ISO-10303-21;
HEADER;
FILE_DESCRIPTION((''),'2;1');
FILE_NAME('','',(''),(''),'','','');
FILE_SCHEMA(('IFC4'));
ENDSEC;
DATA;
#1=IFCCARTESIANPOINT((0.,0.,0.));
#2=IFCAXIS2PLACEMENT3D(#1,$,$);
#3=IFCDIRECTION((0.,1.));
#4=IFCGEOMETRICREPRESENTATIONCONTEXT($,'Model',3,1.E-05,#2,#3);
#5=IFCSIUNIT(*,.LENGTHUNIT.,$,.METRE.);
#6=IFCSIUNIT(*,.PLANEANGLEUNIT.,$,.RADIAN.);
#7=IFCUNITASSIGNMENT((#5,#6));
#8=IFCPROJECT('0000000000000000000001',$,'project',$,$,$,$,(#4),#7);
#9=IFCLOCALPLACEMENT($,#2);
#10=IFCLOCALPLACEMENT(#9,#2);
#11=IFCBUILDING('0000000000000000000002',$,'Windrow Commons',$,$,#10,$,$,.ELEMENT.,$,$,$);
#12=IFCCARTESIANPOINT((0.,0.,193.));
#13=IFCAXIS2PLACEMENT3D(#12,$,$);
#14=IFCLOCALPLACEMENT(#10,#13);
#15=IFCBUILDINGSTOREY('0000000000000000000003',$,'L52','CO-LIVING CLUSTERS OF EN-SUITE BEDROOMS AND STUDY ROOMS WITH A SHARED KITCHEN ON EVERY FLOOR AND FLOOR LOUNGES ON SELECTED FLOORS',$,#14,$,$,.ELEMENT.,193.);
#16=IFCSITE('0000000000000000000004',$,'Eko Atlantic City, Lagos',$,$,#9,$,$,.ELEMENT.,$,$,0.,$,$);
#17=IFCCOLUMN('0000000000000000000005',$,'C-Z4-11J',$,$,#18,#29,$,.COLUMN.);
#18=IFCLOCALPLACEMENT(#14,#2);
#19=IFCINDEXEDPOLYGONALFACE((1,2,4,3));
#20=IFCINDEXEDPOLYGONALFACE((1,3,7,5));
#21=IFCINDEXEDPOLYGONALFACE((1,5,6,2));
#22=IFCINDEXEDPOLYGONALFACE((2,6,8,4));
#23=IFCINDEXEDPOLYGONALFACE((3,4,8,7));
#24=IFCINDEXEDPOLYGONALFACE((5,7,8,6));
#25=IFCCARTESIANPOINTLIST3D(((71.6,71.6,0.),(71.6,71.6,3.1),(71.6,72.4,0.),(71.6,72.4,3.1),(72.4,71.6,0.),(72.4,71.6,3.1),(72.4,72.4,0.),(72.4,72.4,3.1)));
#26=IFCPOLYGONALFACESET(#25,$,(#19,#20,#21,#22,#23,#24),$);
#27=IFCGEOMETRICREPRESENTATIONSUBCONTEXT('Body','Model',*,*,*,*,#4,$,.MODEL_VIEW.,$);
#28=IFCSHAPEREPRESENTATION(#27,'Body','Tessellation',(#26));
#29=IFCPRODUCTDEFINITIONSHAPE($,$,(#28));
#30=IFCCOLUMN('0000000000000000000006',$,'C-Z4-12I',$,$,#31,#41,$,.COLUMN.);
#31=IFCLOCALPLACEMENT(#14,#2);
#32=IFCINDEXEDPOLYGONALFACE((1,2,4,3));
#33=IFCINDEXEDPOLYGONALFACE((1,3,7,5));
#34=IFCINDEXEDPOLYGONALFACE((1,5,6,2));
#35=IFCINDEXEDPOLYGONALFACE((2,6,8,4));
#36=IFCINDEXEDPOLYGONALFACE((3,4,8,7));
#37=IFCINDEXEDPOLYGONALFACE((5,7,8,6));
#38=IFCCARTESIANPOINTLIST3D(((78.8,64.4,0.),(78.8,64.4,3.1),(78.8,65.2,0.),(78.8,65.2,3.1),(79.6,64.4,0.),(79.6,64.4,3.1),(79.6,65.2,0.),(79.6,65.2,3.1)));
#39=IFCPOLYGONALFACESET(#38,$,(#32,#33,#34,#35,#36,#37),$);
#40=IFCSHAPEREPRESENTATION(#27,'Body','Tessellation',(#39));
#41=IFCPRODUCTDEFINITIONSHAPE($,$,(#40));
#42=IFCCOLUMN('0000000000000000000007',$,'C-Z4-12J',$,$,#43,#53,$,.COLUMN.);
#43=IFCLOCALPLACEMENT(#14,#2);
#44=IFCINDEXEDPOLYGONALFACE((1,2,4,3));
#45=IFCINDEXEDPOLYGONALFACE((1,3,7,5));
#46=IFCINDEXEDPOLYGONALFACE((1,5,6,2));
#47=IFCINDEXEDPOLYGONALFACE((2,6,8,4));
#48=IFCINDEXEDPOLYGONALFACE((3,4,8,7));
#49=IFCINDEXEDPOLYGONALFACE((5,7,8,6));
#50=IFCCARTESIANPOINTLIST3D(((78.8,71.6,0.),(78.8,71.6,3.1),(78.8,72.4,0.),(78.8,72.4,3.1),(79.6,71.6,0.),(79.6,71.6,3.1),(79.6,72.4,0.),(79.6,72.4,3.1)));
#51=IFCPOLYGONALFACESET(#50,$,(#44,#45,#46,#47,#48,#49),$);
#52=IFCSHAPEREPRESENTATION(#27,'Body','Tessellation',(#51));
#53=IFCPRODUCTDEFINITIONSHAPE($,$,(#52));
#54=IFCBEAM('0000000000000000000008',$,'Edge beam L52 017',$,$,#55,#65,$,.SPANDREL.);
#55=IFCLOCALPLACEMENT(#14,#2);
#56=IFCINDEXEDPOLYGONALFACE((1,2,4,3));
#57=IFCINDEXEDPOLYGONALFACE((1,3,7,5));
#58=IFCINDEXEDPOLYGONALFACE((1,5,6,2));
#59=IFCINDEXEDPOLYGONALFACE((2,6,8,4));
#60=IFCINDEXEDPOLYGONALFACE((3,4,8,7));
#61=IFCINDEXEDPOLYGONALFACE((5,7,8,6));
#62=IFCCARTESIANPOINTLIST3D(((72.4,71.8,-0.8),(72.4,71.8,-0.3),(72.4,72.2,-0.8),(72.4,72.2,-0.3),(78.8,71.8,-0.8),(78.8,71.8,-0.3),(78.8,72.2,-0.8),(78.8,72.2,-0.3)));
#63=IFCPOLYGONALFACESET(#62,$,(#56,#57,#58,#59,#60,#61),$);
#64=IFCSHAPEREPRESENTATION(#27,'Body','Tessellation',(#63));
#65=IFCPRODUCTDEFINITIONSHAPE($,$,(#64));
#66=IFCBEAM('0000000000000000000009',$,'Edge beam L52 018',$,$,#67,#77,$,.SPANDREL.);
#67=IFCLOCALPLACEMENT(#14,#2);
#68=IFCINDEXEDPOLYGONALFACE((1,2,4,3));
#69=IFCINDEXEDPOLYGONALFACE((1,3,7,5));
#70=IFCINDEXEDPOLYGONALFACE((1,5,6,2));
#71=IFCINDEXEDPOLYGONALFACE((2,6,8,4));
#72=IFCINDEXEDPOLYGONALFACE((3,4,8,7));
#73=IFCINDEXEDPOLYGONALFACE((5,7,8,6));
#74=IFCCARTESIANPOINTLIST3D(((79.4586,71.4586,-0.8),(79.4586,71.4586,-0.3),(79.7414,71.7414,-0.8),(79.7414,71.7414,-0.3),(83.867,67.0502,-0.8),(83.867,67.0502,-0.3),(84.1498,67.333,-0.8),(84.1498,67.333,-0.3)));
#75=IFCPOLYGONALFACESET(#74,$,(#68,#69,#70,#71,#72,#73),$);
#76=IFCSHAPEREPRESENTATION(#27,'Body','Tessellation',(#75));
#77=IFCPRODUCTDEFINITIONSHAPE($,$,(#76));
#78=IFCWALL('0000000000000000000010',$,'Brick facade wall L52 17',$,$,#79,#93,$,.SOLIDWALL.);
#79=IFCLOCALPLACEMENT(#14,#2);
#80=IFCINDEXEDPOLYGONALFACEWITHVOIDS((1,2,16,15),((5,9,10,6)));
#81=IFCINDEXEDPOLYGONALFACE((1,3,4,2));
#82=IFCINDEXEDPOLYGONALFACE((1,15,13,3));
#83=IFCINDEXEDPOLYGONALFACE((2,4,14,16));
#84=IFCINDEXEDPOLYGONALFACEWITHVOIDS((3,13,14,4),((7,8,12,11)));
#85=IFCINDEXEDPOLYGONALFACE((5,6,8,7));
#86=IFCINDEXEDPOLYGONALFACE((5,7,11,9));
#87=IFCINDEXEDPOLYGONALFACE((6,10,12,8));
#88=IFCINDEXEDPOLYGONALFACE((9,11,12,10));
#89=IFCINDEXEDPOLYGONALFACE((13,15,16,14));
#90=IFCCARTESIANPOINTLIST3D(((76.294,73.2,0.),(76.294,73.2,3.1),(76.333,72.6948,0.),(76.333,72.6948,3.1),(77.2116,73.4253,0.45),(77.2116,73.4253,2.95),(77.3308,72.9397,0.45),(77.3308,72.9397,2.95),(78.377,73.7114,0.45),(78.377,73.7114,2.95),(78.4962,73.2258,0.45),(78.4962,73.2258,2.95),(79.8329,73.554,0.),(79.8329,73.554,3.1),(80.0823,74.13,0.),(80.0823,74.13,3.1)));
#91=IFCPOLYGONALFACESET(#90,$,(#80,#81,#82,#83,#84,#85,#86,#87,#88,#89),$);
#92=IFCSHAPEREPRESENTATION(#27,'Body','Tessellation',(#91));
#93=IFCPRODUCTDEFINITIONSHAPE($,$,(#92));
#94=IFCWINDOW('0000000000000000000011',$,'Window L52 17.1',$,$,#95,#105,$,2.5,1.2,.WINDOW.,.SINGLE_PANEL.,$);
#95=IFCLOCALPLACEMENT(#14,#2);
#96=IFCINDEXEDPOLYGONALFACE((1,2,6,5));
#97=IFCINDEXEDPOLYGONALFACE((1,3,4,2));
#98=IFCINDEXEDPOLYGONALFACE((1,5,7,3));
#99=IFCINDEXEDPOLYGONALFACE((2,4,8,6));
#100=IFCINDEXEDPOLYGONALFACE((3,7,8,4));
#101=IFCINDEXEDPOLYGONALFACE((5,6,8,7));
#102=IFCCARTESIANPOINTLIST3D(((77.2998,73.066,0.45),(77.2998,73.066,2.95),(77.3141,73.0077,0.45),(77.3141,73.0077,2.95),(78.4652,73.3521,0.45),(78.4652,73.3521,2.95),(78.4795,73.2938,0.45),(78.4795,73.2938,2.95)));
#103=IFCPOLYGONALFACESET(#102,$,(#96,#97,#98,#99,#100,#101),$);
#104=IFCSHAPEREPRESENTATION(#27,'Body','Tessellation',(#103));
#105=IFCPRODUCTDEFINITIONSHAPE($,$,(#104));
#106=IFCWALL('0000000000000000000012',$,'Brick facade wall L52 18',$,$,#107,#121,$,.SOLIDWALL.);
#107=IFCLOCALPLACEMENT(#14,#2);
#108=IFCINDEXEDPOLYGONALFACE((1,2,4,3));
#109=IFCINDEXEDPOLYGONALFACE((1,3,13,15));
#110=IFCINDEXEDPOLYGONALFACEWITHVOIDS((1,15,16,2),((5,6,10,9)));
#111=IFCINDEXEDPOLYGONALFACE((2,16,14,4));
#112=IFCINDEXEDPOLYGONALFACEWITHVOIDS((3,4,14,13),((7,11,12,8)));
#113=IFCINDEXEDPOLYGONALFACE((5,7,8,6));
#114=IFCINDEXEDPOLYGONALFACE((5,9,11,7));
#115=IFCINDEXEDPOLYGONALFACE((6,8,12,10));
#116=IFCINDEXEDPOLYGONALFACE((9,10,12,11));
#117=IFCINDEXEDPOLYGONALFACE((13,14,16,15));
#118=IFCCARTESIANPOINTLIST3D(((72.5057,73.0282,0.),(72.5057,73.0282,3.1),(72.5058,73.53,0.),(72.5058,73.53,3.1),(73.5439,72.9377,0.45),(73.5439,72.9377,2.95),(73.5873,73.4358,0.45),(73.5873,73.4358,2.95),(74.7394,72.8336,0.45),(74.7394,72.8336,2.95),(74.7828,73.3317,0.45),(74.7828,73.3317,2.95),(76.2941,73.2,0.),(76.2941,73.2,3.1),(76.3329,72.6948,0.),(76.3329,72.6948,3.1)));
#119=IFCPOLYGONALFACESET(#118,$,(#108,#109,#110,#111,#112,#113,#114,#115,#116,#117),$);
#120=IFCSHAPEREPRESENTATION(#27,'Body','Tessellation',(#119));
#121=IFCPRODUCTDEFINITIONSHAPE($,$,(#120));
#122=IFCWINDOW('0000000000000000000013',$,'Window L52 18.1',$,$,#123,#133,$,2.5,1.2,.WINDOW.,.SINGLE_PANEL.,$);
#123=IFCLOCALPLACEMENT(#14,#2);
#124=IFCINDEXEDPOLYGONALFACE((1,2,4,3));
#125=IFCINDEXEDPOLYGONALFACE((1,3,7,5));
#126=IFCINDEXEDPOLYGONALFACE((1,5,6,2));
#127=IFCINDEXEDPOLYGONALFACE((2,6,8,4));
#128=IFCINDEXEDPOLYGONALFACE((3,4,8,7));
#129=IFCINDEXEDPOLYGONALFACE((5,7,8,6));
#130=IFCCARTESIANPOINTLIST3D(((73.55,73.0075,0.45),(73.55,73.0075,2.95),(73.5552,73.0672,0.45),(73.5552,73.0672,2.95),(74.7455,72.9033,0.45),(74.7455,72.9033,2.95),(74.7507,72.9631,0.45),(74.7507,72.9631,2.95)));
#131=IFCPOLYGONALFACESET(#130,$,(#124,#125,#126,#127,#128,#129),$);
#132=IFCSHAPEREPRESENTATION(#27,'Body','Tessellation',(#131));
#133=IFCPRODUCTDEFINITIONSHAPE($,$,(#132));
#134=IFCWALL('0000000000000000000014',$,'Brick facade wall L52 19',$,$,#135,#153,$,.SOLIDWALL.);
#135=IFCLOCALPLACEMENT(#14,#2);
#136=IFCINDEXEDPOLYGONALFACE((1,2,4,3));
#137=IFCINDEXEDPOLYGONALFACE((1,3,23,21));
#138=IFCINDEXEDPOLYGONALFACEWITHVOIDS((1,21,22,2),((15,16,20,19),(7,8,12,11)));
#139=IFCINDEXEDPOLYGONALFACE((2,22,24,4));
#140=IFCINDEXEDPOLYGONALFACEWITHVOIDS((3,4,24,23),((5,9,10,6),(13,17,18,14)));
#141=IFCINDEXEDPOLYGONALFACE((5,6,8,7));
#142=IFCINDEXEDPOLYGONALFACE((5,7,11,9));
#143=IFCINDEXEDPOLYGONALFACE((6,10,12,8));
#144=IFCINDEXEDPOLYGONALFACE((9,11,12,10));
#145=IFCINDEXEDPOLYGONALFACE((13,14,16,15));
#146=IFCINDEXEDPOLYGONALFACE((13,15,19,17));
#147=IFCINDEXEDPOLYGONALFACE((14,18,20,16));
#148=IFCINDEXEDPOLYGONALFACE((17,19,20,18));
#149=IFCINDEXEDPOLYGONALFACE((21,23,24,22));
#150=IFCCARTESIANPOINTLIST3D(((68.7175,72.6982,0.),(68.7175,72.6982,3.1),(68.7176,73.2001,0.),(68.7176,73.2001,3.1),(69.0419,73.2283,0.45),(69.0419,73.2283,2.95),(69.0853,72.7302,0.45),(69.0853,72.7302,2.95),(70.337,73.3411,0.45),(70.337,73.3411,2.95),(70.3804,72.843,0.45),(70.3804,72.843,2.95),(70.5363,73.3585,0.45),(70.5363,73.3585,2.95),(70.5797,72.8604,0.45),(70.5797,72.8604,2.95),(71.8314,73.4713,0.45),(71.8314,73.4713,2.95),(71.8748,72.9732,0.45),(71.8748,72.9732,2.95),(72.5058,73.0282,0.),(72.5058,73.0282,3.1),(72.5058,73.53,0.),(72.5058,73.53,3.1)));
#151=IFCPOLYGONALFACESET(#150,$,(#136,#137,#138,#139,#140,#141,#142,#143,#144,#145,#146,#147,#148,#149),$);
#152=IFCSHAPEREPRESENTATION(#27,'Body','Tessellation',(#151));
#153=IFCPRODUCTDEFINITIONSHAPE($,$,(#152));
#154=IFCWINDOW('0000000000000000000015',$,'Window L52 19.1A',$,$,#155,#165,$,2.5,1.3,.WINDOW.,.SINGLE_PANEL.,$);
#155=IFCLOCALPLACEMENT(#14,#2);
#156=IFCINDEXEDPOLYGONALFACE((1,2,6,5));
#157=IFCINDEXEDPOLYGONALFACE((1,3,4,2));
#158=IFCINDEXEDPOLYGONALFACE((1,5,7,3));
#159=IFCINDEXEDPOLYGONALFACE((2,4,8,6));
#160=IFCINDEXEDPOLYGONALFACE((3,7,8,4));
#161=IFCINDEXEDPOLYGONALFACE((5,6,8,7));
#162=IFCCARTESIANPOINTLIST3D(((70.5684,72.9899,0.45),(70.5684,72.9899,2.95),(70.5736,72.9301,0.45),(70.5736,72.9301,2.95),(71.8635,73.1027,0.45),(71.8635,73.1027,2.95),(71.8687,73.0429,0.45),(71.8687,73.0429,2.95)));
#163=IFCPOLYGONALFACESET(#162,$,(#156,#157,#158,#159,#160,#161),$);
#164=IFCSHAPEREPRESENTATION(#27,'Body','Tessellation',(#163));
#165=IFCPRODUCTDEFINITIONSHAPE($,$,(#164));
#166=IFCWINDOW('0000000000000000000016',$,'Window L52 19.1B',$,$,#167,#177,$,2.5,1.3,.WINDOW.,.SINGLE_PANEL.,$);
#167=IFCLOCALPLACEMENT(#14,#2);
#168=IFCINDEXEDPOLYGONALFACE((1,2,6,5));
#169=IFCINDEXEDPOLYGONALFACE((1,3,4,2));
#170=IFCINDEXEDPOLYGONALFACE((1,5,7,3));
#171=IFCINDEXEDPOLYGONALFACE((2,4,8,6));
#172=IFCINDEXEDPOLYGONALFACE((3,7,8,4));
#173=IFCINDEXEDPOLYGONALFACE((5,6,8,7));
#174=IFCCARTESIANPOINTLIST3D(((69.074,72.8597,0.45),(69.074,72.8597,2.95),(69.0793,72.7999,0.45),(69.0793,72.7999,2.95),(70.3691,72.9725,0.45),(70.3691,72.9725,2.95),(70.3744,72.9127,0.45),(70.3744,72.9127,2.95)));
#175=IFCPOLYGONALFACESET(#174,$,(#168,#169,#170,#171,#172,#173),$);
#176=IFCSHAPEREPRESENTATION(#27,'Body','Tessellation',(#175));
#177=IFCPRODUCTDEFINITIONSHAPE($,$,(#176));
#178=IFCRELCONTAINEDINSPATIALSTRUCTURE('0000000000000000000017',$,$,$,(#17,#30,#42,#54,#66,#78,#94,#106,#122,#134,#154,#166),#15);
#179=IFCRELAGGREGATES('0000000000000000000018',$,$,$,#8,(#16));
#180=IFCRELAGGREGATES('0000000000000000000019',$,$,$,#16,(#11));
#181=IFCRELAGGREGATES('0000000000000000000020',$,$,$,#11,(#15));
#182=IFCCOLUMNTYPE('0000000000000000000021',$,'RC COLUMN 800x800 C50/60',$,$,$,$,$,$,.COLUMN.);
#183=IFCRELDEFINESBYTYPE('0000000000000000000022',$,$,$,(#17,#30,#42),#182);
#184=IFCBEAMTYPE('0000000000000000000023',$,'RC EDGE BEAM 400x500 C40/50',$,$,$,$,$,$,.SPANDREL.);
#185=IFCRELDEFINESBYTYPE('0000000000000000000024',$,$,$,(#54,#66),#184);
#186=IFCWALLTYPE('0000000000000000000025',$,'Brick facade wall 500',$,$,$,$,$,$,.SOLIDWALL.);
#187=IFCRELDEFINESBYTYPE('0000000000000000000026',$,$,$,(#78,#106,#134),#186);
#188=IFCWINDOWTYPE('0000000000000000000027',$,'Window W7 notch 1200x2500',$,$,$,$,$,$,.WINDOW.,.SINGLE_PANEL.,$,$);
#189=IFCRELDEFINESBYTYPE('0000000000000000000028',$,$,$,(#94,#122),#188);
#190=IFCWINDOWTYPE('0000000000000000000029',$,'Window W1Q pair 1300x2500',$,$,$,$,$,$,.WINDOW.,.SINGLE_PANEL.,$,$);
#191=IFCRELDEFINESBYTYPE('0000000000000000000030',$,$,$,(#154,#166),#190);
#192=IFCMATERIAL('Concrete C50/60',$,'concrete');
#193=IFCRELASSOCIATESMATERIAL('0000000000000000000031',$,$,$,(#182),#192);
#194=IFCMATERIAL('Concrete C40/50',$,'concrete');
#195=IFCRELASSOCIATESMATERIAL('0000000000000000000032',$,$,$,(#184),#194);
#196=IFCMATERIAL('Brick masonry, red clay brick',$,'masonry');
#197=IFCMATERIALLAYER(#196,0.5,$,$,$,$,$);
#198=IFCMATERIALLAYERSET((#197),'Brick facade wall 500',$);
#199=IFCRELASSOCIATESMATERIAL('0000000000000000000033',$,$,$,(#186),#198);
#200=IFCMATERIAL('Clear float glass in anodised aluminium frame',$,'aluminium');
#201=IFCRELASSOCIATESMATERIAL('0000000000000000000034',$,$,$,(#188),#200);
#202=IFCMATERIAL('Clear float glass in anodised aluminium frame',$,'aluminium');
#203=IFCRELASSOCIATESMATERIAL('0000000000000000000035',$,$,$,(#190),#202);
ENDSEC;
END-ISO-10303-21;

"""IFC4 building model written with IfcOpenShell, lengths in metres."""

from ifc_helpers import new_model, si_unit, direction, frame, frame_2d, origin, origin_2d, place, context, subcontext, project, spatial, polyline, rectangle, outline, extrude, material, layer, layer_set, material_profile, profile_set, type_object, element, fill, save


model = new_model("IFC4")

# Units and contexts
model_context = context("Model", 3, precision=1e-05, world=origin(), true_north=direction((0.0, 1.0)))
body_context = subcontext(model_context, "Body", "Model", "MODEL_VIEW")
ifc_project = project(units=[si_unit("LENGTHUNIT", "METRE"), si_unit("PLANEANGLEUNIT", "RADIAN")], contexts=[model_context])

# Site, building, storey
site_placement = place(None, origin())
site = spatial("IfcSite", under=ifc_project, at=site_placement, Name="Eko Atlantic City, Lagos", CompositionType="ELEMENT", RefElevation=0.0)
building_placement = place(site_placement, origin())
building = spatial("IfcBuilding", under=site, at=building_placement, Name="Windrow Commons", CompositionType="ELEMENT")
storey_placement = place(building_placement, frame((0.0, 0.0, 193.0)))
storey = spatial("IfcBuildingStorey", under=building, at=storey_placement, Name="L52", Description="CO-LIVING CLUSTERS OF EN-SUITE BEDROOMS AND STUDY ROOMS WITH A SHARED KITCHEN ON EVERY FLOOR AND FLOOR LOUNGES ON SELECTED FLOORS", CompositionType="ELEMENT", Elevation=193.0)

# Columns
ifc_material_1 = material(Name="Concrete C50/60", Category="concrete")
ifc_material_profile_1 = material_profile(ifc_material_1, rectangle(XDim=0.8, YDim=0.8, at=origin_2d()))
ifc_profile_set_1 = profile_set([ifc_material_profile_1], Name="Concrete C50/60")
column_type = type_object("IfcColumnType", Name="RC COLUMN 800x800 C50/60", PredefinedType="COLUMN", material=ifc_profile_set_1)
for number, where, z_axis, x_axis, name in (
    (1, (72.0, 72.0, 0.0), (0.0, 0.0, 1.0), (1.0, 0.0, 0.0), "C-Z4-11J"),
    (2, (79.2, 64.8, 0.0), (0.0, 0.0, 1.0), (1.0, 0.0, 0.0), "C-Z4-12I"),
    (3, (79.2, 72.0, 0.0), (0.0, 0.0, 1.0), (1.0, 0.0, 0.0), "C-Z4-12J"),
):
    element("IfcColumn", number, at=place(storey_placement, frame(where, z_axis=z_axis, x_axis=x_axis)), inside=storey, type_object=column_type, Name=name, PredefinedType="COLUMN", context=body_context, shape_type="SweptSolid", body=[
        extrude(rectangle(XDim=0.8, YDim=0.8, at=origin_2d()), origin(), (0.0, 0.0, 1.0), 3.1),
    ])

# Beams
ifc_material_2 = material(Name="Concrete C40/50", Category="concrete")
ifc_material_profile_2 = material_profile(ifc_material_2, rectangle(XDim=0.4, YDim=0.5, at=origin_2d()))
ifc_profile_set_2 = profile_set([ifc_material_profile_2], Name="Concrete C40/50")
beam_type = type_object("IfcBeamType", Name="RC EDGE BEAM 400x500 C40/50", PredefinedType="SPANDREL", material=ifc_profile_set_2)
beam_1_placement = place(storey_placement, frame((72.4, 72.0, -0.55), z_axis=(1.0, 0.0, 0.0), x_axis=(0.0, 1.0, 0.0)))
element("IfcBeam", 4, at=beam_1_placement, inside=storey, type_object=beam_type, Name="Edge beam L52 017", PredefinedType="SPANDREL", context=body_context, shape_type="SweptSolid", body=[
    extrude(rectangle(XDim=0.4, YDim=0.5, at=origin_2d()), origin(), (0.0, 0.0, 1.0), 6.4),
])
beam_2_placement = place(storey_placement, frame((79.6, 71.6, -0.55), z_axis=(0.707107, -0.707107, 0.0), x_axis=(0.707107, 0.707107, 0.0)))
element("IfcBeam", 5, at=beam_2_placement, inside=storey, type_object=beam_type, Name="Edge beam L52 018", PredefinedType="SPANDREL", context=body_context, shape_type="SweptSolid", body=[
    extrude(rectangle(XDim=0.4, YDim=0.5, at=origin_2d()), origin(), (0.0, 0.0, 1.0), 6.2344),
])

# Walls, openings, windows
ifc_material_3 = material(Name="Brick masonry, red clay brick", Category="masonry")
ifc_layer_1 = layer(ifc_material_3, 0.5)
ifc_layer_set_1 = layer_set([ifc_layer_1], Name="Brick facade wall 500")
wall_type_1 = type_object("IfcWallType", Name="Brick facade wall 500", PredefinedType="SOLIDWALL", material=ifc_layer_set_1)
wall_1_placement = place(storey_placement, frame((79.9576, 73.842, 0.0), z_axis=(0.0, 0.0, 1.0), x_axis=(-0.971164, -0.238414, 0.0)))
wall_1 = element("IfcWall", 6, at=wall_1_placement, inside=storey, type_object=wall_type_1, Name="Brick facade wall L52 17", PredefinedType="SOLIDWALL", context=body_context, shape_type="SweptSolid", body=[
    extrude(outline(polyline([(-0.1898, -0.25), (3.711, -0.25), (3.7936, 0.25), (0.1898, 0.25), (-0.1898, -0.25)])), origin(), (0.0, 0.0, 1.0), 3.1),
])
opening_1_placement = place(wall_1_placement, frame((1.5662, 0.0, 0.45)))
opening_1 = element("IfcOpeningElement", 7, at=opening_1_placement, cuts=wall_1, PredefinedType="OPENING", context=body_context, shape_type="SweptSolid", body=[
    extrude(rectangle(XDim=1.2, YDim=2.5, at=frame_2d((0.6, 1.25))), frame((0.0, 0.26, 0.0), z_axis=(0.0, -1.0, 0.0), x_axis=(1.0, 0.0, 0.0)), (0.0, 0.0, 1.0), 0.52),
])
ifc_material_4 = material(Name="Clear float glass in anodised aluminium frame", Category="aluminium")
window_type_1 = type_object("IfcWindowType", Name="Window W7 notch 1200x2500", PartitioningType="SINGLE_PANEL", PredefinedType="WINDOW", material=ifc_material_4)
window_1_placement = place(opening_1_placement, origin())
window_1 = element("IfcWindow", 8, at=window_1_placement, inside=storey, type_object=window_type_1, Name="Window L52 17.1", OverallHeight=2.5, OverallWidth=1.2, PartitioningType="SINGLE_PANEL", PredefinedType="WINDOW", context=body_context, shape_type="SweptSolid", body=[
    extrude(rectangle(XDim=1.2, YDim=2.5, at=frame_2d((0.6, 1.25))), frame((0.0, 0.18, 0.0), z_axis=(0.0, -1.0, 0.0), x_axis=(1.0, 0.0, 0.0)), (0.0, 0.0, 1.0), 0.06),
])
fill(opening_1, window_1)
wall_2_placement = place(storey_placement, frame((76.3135, 72.9474, 0.0), z_axis=(0.0, 0.0, 1.0), x_axis=(-0.996227, 0.086784, 0.0)))
wall_2 = element("IfcWall", 9, at=wall_2_placement, inside=storey, type_object=wall_type_1, Name="Brick facade wall L52 18", PredefinedType="SOLIDWALL", context=body_context, shape_type="SweptSolid", body=[
    extrude(outline(polyline([(0.0413, -0.25), (3.8439, -0.25), (3.8004, 0.25), (-0.0413, 0.25), (0.0413, -0.25)])), origin(), (0.0, 0.0, 1.0), 3.1),
])
opening_2_placement = place(wall_2_placement, frame((1.5583, 0.0, 0.45)))
opening_2 = element("IfcOpeningElement", 10, at=opening_2_placement, cuts=wall_2, PredefinedType="OPENING", context=body_context, shape_type="SweptSolid", body=[
    extrude(rectangle(XDim=1.2, YDim=2.5, at=frame_2d((0.6, 1.25))), frame((0.0, 0.26, 0.0), z_axis=(0.0, -1.0, 0.0), x_axis=(1.0, 0.0, 0.0)), (0.0, 0.0, 1.0), 0.52),
])
window_2_placement = place(opening_2_placement, origin())
window_2 = element("IfcWindow", 11, at=window_2_placement, inside=storey, type_object=window_type_1, Name="Window L52 18.1", OverallHeight=2.5, OverallWidth=1.2, PartitioningType="SINGLE_PANEL", PredefinedType="WINDOW", context=body_context, shape_type="SweptSolid", body=[
    extrude(rectangle(XDim=1.2, YDim=2.5, at=frame_2d((0.6, 1.25))), frame((0.0, 0.18, 0.0), z_axis=(0.0, -1.0, 0.0), x_axis=(1.0, 0.0, 0.0)), (0.0, 0.0, 1.0), 0.06),
])
fill(opening_2, window_2)

# Wall, openings, windows
wall_3_placement = place(storey_placement, frame((72.5058, 73.2791, 0.0), z_axis=(0.0, 0.0, 1.0), x_axis=(-0.996227, -0.086782, 0.0)))
wall_3 = element("IfcWall", 12, at=wall_3_placement, inside=storey, type_object=wall_type_1, Name="Brick facade wall L52 19", PredefinedType="SOLIDWALL", context=body_context, shape_type="SweptSolid", body=[
    extrude(outline(polyline([(-0.0218, -0.25), (3.7808, -0.25), (3.8244, 0.25), (0.0218, 0.25), (-0.0218, -0.25)])), origin(), (0.0, 0.0, 1.0), 3.1),
])
opening_3_placement = place(wall_3_placement, frame((0.6552, 0.0, 0.45)))
opening_3 = element("IfcOpeningElement", 13, at=opening_3_placement, cuts=wall_3, PredefinedType="OPENING", context=body_context, shape_type="SweptSolid", body=[
    extrude(rectangle(XDim=1.3, YDim=2.5, at=frame_2d((0.65, 1.25))), frame((0.0, 0.26, 0.0), z_axis=(0.0, -1.0, 0.0), x_axis=(1.0, 0.0, 0.0)), (0.0, 0.0, 1.0), 0.52),
])
opening_4_placement = place(wall_3_placement, frame((2.1552, 0.0, 0.45)))
opening_4 = element("IfcOpeningElement", 14, at=opening_4_placement, cuts=wall_3, PredefinedType="OPENING", context=body_context, shape_type="SweptSolid", body=[
    extrude(rectangle(XDim=1.3, YDim=2.5, at=frame_2d((0.65, 1.25))), frame((0.0, 0.26, 0.0), z_axis=(0.0, -1.0, 0.0), x_axis=(1.0, 0.0, 0.0)), (0.0, 0.0, 1.0), 0.52),
])
ifc_material_5 = material(Name="Clear float glass in anodised aluminium frame", Category="aluminium")
window_type_2 = type_object("IfcWindowType", Name="Window W1Q pair 1300x2500", PartitioningType="SINGLE_PANEL", PredefinedType="WINDOW", material=ifc_material_5)
window_3_placement = place(opening_3_placement, origin())
window_3 = element("IfcWindow", 15, at=window_3_placement, inside=storey, type_object=window_type_2, Name="Window L52 19.1A", OverallHeight=2.5, OverallWidth=1.3, PartitioningType="SINGLE_PANEL", PredefinedType="WINDOW", context=body_context, shape_type="SweptSolid", body=[
    extrude(rectangle(XDim=1.3, YDim=2.5, at=frame_2d((0.65, 1.25))), frame((0.0, 0.18, 0.0), z_axis=(0.0, -1.0, 0.0), x_axis=(1.0, 0.0, 0.0)), (0.0, 0.0, 1.0), 0.06),
])
fill(opening_3, window_3)
window_4_placement = place(opening_4_placement, origin())
window_4 = element("IfcWindow", 16, at=window_4_placement, inside=storey, type_object=window_type_2, Name="Window L52 19.1B", OverallHeight=2.5, OverallWidth=1.3, PartitioningType="SINGLE_PANEL", PredefinedType="WINDOW", context=body_context, shape_type="SweptSolid", body=[
    extrude(rectangle(XDim=1.3, YDim=2.5, at=frame_2d((0.65, 1.25))), frame((0.0, 0.18, 0.0), z_axis=(0.0, -1.0, 0.0), x_axis=(1.0, 0.0, 0.0)), (0.0, 0.0, 1.0), 0.06),
])
fill(opening_4, window_4)

save(model, "model.ifc")
